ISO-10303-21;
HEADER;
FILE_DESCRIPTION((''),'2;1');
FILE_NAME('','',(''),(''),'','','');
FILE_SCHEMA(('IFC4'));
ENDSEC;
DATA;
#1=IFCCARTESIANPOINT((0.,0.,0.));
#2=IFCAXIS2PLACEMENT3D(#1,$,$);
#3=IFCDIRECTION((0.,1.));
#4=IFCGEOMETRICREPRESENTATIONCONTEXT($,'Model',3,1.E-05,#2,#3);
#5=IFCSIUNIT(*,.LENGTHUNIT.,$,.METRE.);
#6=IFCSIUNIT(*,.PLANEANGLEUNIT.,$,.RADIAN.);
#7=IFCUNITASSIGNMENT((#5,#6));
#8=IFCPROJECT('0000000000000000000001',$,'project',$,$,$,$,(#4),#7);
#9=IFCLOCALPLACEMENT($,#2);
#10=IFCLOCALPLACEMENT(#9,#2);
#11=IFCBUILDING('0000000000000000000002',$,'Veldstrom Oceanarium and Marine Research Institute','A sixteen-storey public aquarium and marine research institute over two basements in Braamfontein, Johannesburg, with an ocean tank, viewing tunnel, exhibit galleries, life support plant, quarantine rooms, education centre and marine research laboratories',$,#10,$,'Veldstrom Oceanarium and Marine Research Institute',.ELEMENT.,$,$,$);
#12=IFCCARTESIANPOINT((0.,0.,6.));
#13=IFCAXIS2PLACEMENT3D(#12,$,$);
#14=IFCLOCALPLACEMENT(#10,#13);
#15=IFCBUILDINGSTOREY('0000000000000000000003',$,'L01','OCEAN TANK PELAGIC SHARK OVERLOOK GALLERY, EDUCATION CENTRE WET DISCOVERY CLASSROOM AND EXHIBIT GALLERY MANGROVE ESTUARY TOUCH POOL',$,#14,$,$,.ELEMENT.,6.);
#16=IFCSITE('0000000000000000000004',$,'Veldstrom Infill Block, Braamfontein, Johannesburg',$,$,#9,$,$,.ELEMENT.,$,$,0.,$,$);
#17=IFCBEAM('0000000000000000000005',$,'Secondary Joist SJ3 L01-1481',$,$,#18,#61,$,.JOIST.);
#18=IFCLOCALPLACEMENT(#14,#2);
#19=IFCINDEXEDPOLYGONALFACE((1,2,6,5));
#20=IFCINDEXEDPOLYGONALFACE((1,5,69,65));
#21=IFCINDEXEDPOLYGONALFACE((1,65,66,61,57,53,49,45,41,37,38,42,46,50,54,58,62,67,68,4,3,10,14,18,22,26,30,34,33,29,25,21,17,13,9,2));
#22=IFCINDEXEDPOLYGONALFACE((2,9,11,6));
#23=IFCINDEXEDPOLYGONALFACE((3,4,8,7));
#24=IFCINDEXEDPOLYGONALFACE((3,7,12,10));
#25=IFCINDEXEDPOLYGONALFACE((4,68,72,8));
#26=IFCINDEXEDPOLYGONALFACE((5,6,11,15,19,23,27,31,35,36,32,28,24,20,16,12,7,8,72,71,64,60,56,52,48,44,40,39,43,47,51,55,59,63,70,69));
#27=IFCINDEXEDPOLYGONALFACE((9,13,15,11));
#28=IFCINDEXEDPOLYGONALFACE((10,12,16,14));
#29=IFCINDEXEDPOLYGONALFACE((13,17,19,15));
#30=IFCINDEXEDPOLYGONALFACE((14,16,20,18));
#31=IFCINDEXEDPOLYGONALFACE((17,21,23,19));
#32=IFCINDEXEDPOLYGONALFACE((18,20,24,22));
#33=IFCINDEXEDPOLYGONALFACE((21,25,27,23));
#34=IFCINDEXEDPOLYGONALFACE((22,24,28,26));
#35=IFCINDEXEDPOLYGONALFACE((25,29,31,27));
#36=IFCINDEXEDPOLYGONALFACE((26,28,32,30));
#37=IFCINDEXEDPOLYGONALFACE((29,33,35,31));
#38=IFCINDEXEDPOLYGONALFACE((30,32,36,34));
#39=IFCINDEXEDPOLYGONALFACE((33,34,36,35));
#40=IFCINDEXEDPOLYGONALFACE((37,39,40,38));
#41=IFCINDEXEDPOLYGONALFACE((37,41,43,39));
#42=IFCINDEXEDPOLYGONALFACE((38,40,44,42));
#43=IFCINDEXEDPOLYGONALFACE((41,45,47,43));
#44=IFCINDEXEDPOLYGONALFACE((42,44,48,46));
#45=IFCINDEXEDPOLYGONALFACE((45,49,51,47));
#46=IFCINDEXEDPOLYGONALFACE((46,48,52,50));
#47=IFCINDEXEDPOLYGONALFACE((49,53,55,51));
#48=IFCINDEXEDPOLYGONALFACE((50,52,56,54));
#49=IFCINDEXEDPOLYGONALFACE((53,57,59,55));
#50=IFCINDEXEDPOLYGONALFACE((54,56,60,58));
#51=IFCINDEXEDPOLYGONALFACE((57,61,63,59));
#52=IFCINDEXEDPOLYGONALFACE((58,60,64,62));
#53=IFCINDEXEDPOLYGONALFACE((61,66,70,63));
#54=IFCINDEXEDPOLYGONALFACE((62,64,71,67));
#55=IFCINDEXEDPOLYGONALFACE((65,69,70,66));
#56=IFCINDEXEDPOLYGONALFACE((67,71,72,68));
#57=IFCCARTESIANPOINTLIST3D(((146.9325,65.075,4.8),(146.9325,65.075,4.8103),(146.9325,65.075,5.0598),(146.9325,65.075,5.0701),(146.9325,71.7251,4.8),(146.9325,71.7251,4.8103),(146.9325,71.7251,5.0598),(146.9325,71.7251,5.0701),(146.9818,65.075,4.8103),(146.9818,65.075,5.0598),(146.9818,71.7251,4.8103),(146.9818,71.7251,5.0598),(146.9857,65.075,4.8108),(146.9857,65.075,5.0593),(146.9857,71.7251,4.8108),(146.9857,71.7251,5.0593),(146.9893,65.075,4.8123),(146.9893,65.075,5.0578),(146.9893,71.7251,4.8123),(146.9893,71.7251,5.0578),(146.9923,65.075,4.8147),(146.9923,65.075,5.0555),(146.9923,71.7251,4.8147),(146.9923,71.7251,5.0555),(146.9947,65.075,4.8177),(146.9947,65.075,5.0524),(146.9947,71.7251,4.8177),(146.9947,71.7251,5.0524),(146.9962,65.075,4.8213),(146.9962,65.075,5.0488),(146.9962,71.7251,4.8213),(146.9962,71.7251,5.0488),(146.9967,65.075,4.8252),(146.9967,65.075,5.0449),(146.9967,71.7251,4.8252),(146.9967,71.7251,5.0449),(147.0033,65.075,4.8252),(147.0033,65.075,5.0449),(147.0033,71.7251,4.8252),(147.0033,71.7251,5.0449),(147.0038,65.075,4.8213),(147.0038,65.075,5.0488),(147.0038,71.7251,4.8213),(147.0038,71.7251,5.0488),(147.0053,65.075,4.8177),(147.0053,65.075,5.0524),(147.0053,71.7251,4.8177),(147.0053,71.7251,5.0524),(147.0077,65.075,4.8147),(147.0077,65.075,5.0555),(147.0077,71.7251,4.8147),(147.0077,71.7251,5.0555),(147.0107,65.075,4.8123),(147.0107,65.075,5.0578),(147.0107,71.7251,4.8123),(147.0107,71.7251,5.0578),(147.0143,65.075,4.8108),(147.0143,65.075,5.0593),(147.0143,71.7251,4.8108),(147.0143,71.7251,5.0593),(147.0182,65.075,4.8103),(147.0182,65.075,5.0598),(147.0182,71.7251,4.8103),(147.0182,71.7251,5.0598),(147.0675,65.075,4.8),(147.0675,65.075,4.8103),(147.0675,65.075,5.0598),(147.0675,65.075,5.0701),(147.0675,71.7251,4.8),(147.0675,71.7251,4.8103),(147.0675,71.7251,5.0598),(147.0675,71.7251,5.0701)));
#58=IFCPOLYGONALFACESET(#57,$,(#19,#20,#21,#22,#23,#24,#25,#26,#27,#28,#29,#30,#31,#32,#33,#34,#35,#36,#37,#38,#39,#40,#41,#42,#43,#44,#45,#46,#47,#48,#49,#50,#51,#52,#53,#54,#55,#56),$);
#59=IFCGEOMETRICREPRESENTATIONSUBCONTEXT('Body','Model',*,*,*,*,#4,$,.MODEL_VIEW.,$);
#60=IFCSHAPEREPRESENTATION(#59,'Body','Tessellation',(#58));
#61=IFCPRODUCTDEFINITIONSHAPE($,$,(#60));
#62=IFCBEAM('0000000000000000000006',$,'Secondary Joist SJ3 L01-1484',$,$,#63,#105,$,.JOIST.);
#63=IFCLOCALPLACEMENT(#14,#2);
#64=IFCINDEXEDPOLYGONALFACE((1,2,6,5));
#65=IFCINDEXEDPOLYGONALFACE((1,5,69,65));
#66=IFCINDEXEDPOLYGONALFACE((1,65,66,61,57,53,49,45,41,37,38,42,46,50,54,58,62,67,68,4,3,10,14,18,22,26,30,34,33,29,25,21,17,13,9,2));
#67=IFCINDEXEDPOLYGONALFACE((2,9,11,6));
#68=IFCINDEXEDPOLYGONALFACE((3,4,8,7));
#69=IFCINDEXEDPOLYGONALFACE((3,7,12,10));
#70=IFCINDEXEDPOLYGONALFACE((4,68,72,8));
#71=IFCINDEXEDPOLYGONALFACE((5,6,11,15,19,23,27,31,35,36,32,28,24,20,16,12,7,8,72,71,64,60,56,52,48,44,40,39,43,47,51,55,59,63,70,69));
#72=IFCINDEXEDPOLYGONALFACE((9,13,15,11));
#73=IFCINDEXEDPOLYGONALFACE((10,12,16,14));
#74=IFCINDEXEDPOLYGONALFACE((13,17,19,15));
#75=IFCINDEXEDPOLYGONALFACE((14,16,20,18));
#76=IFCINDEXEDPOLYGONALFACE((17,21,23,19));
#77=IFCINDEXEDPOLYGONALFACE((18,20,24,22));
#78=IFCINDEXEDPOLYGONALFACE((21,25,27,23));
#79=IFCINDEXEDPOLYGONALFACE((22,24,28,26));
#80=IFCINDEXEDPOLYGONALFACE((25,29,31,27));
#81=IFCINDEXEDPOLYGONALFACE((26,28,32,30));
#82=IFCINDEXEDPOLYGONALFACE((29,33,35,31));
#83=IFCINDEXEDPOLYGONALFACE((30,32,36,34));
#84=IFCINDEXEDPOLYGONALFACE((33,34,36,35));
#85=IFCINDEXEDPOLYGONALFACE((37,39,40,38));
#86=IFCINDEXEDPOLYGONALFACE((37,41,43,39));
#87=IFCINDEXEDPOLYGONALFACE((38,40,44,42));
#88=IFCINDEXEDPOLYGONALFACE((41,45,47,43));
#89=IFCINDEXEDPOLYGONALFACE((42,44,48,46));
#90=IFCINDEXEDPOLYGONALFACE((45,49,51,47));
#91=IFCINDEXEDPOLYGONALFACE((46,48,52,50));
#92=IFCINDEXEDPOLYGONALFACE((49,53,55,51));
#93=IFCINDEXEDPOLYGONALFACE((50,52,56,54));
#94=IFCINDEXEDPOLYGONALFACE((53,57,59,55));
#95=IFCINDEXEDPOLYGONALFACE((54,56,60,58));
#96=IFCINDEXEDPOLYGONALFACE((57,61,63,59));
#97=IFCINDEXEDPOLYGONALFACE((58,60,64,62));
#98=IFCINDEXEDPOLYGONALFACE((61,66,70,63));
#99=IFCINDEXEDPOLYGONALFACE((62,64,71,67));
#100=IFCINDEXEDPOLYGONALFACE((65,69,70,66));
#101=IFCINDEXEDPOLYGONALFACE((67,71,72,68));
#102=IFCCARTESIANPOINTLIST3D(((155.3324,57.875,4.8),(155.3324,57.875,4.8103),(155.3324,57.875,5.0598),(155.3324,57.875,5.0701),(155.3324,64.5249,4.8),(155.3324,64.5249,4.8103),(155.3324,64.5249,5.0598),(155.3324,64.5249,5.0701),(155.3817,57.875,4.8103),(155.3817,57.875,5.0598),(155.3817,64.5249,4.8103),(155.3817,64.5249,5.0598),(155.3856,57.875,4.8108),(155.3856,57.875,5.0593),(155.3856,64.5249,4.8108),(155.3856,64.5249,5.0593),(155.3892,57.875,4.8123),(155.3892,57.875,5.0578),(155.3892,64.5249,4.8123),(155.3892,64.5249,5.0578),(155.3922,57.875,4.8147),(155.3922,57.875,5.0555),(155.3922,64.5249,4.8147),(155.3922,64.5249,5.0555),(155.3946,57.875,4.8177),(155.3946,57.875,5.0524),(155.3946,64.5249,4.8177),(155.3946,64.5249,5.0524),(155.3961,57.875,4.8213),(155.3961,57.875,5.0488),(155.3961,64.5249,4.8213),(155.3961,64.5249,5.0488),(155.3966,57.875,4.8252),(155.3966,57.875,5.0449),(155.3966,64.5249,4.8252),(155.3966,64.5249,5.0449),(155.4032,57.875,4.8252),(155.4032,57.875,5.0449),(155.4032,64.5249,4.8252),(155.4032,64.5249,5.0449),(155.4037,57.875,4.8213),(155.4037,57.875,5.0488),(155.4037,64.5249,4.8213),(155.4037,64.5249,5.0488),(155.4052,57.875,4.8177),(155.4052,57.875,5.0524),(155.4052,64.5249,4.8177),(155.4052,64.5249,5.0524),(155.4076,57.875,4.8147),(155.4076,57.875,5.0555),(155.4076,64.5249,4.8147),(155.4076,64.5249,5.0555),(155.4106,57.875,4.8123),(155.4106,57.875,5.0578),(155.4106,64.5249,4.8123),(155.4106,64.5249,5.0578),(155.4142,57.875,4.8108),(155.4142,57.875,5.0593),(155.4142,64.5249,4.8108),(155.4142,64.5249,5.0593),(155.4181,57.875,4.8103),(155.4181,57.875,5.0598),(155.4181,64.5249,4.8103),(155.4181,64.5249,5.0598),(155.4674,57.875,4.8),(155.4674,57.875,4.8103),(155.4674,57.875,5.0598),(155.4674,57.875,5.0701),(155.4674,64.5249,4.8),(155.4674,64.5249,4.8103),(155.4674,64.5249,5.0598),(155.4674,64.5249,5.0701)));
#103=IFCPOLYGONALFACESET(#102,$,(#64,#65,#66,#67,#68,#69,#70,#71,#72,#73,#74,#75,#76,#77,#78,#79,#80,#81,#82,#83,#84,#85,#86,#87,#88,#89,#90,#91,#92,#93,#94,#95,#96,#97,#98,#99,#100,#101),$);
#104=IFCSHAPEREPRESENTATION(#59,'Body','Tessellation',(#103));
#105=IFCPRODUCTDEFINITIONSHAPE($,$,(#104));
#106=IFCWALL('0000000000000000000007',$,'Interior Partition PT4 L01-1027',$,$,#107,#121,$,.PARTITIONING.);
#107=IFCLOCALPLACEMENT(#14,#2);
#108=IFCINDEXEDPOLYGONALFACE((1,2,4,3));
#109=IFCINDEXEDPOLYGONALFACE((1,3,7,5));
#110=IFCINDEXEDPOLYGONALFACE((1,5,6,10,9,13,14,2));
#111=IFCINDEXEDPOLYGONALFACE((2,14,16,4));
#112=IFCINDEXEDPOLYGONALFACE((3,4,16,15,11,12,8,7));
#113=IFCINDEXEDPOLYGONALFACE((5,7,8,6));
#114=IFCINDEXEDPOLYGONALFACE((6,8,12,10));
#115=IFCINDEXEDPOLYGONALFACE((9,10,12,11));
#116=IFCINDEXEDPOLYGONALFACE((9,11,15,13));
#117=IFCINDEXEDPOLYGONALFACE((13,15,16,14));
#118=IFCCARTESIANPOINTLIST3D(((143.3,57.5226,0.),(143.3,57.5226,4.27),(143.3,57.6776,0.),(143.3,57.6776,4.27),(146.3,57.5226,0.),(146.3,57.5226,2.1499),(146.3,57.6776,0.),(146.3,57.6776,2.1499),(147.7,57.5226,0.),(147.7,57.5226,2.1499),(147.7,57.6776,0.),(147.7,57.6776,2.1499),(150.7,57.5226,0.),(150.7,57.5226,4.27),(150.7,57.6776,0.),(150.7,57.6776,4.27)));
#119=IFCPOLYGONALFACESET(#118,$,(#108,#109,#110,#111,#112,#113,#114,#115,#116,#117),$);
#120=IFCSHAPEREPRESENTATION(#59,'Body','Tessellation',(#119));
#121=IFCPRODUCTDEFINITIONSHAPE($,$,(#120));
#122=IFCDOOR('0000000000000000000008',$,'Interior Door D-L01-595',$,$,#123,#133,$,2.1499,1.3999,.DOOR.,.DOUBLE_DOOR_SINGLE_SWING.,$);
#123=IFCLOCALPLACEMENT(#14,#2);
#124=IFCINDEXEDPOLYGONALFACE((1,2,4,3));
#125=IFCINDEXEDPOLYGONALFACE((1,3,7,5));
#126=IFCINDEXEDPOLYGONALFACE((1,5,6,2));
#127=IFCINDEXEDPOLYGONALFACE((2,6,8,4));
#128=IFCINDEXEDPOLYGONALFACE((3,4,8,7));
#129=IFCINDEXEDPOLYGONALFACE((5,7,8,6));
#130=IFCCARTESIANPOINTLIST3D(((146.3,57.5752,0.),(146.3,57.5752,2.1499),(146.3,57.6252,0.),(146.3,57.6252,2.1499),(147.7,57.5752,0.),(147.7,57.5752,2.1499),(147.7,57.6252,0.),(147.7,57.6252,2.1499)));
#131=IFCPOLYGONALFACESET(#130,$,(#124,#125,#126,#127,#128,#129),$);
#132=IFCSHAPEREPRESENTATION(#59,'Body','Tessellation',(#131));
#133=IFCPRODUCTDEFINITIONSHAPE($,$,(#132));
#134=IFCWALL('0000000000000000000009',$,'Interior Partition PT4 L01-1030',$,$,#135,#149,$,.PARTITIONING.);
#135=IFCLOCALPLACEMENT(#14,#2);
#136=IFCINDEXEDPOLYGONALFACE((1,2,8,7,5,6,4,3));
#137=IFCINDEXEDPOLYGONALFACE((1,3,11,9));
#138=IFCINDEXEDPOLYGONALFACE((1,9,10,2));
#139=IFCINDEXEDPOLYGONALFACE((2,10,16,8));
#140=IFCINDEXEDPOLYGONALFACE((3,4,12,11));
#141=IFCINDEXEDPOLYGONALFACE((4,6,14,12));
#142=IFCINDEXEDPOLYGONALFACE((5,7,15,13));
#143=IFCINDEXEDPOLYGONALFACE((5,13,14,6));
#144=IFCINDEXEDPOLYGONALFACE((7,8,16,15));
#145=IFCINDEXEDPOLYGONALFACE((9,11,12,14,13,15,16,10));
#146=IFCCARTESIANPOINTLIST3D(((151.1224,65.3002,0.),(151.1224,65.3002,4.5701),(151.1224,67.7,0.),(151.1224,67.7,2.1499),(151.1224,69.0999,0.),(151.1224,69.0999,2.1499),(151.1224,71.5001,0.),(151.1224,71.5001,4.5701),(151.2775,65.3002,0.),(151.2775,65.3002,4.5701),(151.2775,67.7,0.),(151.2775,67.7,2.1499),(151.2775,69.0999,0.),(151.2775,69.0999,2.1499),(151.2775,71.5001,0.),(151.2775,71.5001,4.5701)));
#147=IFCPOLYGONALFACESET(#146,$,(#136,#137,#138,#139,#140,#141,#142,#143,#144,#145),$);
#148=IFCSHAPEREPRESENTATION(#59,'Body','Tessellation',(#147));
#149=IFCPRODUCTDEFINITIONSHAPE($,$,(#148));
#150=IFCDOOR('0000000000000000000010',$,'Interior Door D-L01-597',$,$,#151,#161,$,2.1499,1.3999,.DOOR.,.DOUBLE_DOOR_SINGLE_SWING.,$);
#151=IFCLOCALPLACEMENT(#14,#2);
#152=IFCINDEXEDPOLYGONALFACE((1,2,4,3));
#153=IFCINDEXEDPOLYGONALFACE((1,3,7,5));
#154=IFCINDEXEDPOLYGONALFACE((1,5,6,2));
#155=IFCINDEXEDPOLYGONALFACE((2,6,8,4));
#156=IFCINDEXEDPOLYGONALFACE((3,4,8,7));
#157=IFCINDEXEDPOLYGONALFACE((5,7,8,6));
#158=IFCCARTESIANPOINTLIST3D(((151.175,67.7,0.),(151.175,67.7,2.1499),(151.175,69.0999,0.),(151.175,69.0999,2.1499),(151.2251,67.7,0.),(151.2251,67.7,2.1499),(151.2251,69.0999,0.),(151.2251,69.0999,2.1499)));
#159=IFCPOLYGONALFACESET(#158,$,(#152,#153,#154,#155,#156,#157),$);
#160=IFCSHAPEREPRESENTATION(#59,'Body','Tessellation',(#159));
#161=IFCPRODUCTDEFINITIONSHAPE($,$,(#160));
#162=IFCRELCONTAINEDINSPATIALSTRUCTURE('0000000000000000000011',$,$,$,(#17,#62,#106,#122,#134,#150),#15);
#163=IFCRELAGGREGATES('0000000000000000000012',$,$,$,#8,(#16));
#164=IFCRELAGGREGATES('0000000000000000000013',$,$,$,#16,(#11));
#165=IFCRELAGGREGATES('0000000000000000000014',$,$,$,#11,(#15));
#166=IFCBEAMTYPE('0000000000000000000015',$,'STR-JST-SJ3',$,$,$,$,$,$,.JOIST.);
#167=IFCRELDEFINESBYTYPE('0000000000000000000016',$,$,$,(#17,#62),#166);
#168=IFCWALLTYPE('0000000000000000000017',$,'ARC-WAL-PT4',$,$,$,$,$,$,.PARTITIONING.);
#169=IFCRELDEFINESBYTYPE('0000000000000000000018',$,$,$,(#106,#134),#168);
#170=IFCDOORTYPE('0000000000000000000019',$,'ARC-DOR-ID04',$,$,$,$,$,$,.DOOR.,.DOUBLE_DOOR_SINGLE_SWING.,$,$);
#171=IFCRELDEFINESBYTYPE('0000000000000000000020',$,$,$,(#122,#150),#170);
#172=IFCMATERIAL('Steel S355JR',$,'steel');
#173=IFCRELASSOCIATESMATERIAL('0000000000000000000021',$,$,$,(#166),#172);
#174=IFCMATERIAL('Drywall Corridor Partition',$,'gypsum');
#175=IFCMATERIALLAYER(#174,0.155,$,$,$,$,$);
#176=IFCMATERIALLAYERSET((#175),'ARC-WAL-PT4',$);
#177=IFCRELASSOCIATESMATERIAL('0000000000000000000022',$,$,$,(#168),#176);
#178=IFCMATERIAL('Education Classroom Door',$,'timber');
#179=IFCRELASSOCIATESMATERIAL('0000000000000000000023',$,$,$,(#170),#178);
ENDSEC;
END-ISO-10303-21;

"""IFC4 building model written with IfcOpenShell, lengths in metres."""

from ifc_helpers import new_model, si_unit, direction, frame, frame_2d, origin, origin_2d, place, context, subcontext, project, spatial, rectangle, i_section, extrude, material, layer, layer_set, material_profile, profile_set, type_object, element, fill, save


model = new_model("IFC4")

# Units and contexts
model_context = context("Model", 3, precision=1e-05, world=origin(), true_north=direction((0.0, 1.0)))
body_context = subcontext(model_context, "Body", "Model", "MODEL_VIEW")
ifc_project = project(units=[si_unit("LENGTHUNIT", "METRE"), si_unit("PLANEANGLEUNIT", "RADIAN")], contexts=[model_context])

# Site, building, storey
site_placement = place(None, origin())
site = spatial("IfcSite", under=ifc_project, at=site_placement, Name="Veldstrom Infill Block, Braamfontein, Johannesburg", CompositionType="ELEMENT", RefElevation=0.0)
building_placement = place(site_placement, origin())
building = spatial("IfcBuilding", under=site, at=building_placement, Name="Veldstrom Oceanarium and Marine Research Institute", Description="A sixteen-storey public aquarium and marine research institute over two basements in Braamfontein, Johannesburg, with an ocean tank, viewing tunnel, exhibit galleries, life support plant, quarantine rooms, education centre and marine research laboratories", LongName="Veldstrom Oceanarium and Marine Research Institute", CompositionType="ELEMENT")
storey_placement = place(building_placement, frame((0.0, 0.0, 6.0)))
storey = spatial("IfcBuildingStorey", under=building, at=storey_placement, Name="L01", Description="OCEAN TANK PELAGIC SHARK OVERLOOK GALLERY, EDUCATION CENTRE WET DISCOVERY CLASSROOM AND EXHIBIT GALLERY MANGROVE ESTUARY TOUCH POOL", CompositionType="ELEMENT", Elevation=6.0)

# Beams
ifc_material_1 = material(Name="Steel S355JR", Category="steel")
ifc_material_profile_1 = material_profile(ifc_material_1, i_section(OverallWidth=0.135, OverallDepth=0.27, WebThickness=0.0066, FlangeThickness=0.0103, FilletRadius=0.0149, at=origin_2d()), Name="IPE 270")
ifc_profile_set_1 = profile_set([ifc_material_profile_1], Name="Steel S355JR")
beam_type_1 = type_object("IfcBeamType", Name="STR-JST-SJ3", PredefinedType="JOIST", material=ifc_profile_set_1)
beam_1_placement = place(storey_placement, frame((147.0, 65.075, 4.9351), z_axis=(0.0, 1.0, 0.0), x_axis=(-1.0, 0.0, 0.0)))
element("IfcBeam", 1, at=beam_1_placement, inside=storey, type_object=beam_type_1, Name="Secondary Joist SJ3 L01-1481", PredefinedType="JOIST", context=body_context, shape_type="SweptSolid", body=[
    extrude(i_section(OverallWidth=0.135, OverallDepth=0.27, WebThickness=0.0066, FlangeThickness=0.0103, FilletRadius=0.0149, at=origin_2d()), origin(), (0.0, 0.0, 1.0), 6.6501),
])
beam_2_placement = place(storey_placement, frame((155.3999, 57.875, 4.9351), z_axis=(0.0, 1.0, 0.0), x_axis=(-1.0, 0.0, 0.0)))
element("IfcBeam", 2, at=beam_2_placement, inside=storey, type_object=beam_type_1, Name="Secondary Joist SJ3 L01-1484", PredefinedType="JOIST", context=body_context, shape_type="SweptSolid", body=[
    extrude(i_section(OverallWidth=0.135, OverallDepth=0.27, WebThickness=0.0066, FlangeThickness=0.0103, FilletRadius=0.0149, at=origin_2d()), origin(), (0.0, 0.0, 1.0), 6.6499),
])

# Walls, openings, doors
ifc_material_2 = material(Name="Drywall Corridor Partition", Category="gypsum")
ifc_layer_1 = layer(ifc_material_2, 0.155)
ifc_layer_set_1 = layer_set([ifc_layer_1], Name="ARC-WAL-PT4")
wall_type_1 = type_object("IfcWallType", Name="ARC-WAL-PT4", PredefinedType="PARTITIONING", material=ifc_layer_set_1)
wall_1_placement = place(storey_placement, frame((143.3, 57.6001, 0.0), z_axis=(0.0, 0.0, 1.0), x_axis=(1.0, 0.0, 0.0)))
wall_1 = element("IfcWall", 3, at=wall_1_placement, inside=storey, type_object=wall_type_1, Name="Interior Partition PT4 L01-1027", PredefinedType="PARTITIONING", context=body_context, shape_type="SweptSolid", body=[
    extrude(rectangle(XDim=7.3999, YDim=0.155, at=frame_2d((3.7, 0.0))), origin(), (0.0, 0.0, 1.0), 4.27),
])
opening_1_placement = place(wall_1_placement, frame((3.0, 0.0, 0.0)))
opening_1 = element("IfcOpeningElement", 4, at=opening_1_placement, cuts=wall_1, PredefinedType="OPENING", context=body_context, shape_type="SweptSolid", body=[
    extrude(rectangle(XDim=1.3999, YDim=2.1499, at=frame_2d((0.7, 1.075))), frame((0.0, 0.0874, 0.0), z_axis=(0.0, -1.0, 0.0), x_axis=(1.0, 0.0, 0.0)), (0.0, 0.0, 1.0), 0.175),
])
ifc_material_3 = material(Name="Education Classroom Door", Category="timber")
door_type_1 = type_object("IfcDoorType", Name="ARC-DOR-ID04", OperationType="DOUBLE_DOOR_SINGLE_SWING", PredefinedType="DOOR", material=ifc_material_3)
door_1_placement = place(opening_1_placement, frame((1.3999, 0.0, 0.0), z_axis=(0.0, 0.0, 1.0), x_axis=(-1.0, 0.0, 0.0)))
door_1 = element("IfcDoor", 5, at=door_1_placement, inside=storey, type_object=door_type_1, Name="Interior Door D-L01-595", OperationType="DOUBLE_DOOR_SINGLE_SWING", OverallHeight=2.1499, OverallWidth=1.3999, PredefinedType="DOOR", context=body_context, shape_type="SweptSolid", body=[
    extrude(rectangle(XDim=1.3999, YDim=2.1499, at=frame_2d((0.7, 1.075))), frame((0.0, 0.0249, 0.0), z_axis=(0.0, -1.0, 0.0), x_axis=(1.0, 0.0, 0.0)), (0.0, 0.0, 1.0), 0.05),
])
fill(opening_1, door_1)
wall_2_placement = place(storey_placement, frame((151.2, 65.3, 0.0), z_axis=(0.0, 0.0, 1.0), x_axis=(0.0, 1.0, 0.0)))
wall_2 = element("IfcWall", 6, at=wall_2_placement, inside=storey, type_object=wall_type_1, Name="Interior Partition PT4 L01-1030", PredefinedType="PARTITIONING", context=body_context, shape_type="SweptSolid", body=[
    extrude(rectangle(XDim=6.2, YDim=0.155, at=frame_2d((3.1001, 0.0))), origin(), (0.0, 0.0, 1.0), 4.5701),
])
opening_2_placement = place(wall_2_placement, frame((2.3999, 0.0, 0.0)))
opening_2 = element("IfcOpeningElement", 7, at=opening_2_placement, cuts=wall_2, PredefinedType="OPENING", context=body_context, shape_type="SweptSolid", body=[
    extrude(rectangle(XDim=1.3999, YDim=2.1499, at=frame_2d((0.7, 1.075))), frame((0.0, 0.0874, 0.0), z_axis=(0.0, -1.0, 0.0), x_axis=(1.0, 0.0, 0.0)), (0.0, 0.0, 1.0), 0.175),
])
door_2_placement = place(opening_2_placement, origin())
door_2 = element("IfcDoor", 8, at=door_2_placement, inside=storey, type_object=door_type_1, Name="Interior Door D-L01-597", OperationType="DOUBLE_DOOR_SINGLE_SWING", OverallHeight=2.1499, OverallWidth=1.3999, PredefinedType="DOOR", context=body_context, shape_type="SweptSolid", body=[
    extrude(rectangle(XDim=1.3999, YDim=2.1499, at=frame_2d((0.7, 1.075))), frame((0.0, 0.0249, 0.0), z_axis=(0.0, -1.0, 0.0), x_axis=(1.0, 0.0, 0.0)), (0.0, 0.0, 1.0), 0.05),
])
fill(opening_2, door_2)

save(model, "model.ifc")
